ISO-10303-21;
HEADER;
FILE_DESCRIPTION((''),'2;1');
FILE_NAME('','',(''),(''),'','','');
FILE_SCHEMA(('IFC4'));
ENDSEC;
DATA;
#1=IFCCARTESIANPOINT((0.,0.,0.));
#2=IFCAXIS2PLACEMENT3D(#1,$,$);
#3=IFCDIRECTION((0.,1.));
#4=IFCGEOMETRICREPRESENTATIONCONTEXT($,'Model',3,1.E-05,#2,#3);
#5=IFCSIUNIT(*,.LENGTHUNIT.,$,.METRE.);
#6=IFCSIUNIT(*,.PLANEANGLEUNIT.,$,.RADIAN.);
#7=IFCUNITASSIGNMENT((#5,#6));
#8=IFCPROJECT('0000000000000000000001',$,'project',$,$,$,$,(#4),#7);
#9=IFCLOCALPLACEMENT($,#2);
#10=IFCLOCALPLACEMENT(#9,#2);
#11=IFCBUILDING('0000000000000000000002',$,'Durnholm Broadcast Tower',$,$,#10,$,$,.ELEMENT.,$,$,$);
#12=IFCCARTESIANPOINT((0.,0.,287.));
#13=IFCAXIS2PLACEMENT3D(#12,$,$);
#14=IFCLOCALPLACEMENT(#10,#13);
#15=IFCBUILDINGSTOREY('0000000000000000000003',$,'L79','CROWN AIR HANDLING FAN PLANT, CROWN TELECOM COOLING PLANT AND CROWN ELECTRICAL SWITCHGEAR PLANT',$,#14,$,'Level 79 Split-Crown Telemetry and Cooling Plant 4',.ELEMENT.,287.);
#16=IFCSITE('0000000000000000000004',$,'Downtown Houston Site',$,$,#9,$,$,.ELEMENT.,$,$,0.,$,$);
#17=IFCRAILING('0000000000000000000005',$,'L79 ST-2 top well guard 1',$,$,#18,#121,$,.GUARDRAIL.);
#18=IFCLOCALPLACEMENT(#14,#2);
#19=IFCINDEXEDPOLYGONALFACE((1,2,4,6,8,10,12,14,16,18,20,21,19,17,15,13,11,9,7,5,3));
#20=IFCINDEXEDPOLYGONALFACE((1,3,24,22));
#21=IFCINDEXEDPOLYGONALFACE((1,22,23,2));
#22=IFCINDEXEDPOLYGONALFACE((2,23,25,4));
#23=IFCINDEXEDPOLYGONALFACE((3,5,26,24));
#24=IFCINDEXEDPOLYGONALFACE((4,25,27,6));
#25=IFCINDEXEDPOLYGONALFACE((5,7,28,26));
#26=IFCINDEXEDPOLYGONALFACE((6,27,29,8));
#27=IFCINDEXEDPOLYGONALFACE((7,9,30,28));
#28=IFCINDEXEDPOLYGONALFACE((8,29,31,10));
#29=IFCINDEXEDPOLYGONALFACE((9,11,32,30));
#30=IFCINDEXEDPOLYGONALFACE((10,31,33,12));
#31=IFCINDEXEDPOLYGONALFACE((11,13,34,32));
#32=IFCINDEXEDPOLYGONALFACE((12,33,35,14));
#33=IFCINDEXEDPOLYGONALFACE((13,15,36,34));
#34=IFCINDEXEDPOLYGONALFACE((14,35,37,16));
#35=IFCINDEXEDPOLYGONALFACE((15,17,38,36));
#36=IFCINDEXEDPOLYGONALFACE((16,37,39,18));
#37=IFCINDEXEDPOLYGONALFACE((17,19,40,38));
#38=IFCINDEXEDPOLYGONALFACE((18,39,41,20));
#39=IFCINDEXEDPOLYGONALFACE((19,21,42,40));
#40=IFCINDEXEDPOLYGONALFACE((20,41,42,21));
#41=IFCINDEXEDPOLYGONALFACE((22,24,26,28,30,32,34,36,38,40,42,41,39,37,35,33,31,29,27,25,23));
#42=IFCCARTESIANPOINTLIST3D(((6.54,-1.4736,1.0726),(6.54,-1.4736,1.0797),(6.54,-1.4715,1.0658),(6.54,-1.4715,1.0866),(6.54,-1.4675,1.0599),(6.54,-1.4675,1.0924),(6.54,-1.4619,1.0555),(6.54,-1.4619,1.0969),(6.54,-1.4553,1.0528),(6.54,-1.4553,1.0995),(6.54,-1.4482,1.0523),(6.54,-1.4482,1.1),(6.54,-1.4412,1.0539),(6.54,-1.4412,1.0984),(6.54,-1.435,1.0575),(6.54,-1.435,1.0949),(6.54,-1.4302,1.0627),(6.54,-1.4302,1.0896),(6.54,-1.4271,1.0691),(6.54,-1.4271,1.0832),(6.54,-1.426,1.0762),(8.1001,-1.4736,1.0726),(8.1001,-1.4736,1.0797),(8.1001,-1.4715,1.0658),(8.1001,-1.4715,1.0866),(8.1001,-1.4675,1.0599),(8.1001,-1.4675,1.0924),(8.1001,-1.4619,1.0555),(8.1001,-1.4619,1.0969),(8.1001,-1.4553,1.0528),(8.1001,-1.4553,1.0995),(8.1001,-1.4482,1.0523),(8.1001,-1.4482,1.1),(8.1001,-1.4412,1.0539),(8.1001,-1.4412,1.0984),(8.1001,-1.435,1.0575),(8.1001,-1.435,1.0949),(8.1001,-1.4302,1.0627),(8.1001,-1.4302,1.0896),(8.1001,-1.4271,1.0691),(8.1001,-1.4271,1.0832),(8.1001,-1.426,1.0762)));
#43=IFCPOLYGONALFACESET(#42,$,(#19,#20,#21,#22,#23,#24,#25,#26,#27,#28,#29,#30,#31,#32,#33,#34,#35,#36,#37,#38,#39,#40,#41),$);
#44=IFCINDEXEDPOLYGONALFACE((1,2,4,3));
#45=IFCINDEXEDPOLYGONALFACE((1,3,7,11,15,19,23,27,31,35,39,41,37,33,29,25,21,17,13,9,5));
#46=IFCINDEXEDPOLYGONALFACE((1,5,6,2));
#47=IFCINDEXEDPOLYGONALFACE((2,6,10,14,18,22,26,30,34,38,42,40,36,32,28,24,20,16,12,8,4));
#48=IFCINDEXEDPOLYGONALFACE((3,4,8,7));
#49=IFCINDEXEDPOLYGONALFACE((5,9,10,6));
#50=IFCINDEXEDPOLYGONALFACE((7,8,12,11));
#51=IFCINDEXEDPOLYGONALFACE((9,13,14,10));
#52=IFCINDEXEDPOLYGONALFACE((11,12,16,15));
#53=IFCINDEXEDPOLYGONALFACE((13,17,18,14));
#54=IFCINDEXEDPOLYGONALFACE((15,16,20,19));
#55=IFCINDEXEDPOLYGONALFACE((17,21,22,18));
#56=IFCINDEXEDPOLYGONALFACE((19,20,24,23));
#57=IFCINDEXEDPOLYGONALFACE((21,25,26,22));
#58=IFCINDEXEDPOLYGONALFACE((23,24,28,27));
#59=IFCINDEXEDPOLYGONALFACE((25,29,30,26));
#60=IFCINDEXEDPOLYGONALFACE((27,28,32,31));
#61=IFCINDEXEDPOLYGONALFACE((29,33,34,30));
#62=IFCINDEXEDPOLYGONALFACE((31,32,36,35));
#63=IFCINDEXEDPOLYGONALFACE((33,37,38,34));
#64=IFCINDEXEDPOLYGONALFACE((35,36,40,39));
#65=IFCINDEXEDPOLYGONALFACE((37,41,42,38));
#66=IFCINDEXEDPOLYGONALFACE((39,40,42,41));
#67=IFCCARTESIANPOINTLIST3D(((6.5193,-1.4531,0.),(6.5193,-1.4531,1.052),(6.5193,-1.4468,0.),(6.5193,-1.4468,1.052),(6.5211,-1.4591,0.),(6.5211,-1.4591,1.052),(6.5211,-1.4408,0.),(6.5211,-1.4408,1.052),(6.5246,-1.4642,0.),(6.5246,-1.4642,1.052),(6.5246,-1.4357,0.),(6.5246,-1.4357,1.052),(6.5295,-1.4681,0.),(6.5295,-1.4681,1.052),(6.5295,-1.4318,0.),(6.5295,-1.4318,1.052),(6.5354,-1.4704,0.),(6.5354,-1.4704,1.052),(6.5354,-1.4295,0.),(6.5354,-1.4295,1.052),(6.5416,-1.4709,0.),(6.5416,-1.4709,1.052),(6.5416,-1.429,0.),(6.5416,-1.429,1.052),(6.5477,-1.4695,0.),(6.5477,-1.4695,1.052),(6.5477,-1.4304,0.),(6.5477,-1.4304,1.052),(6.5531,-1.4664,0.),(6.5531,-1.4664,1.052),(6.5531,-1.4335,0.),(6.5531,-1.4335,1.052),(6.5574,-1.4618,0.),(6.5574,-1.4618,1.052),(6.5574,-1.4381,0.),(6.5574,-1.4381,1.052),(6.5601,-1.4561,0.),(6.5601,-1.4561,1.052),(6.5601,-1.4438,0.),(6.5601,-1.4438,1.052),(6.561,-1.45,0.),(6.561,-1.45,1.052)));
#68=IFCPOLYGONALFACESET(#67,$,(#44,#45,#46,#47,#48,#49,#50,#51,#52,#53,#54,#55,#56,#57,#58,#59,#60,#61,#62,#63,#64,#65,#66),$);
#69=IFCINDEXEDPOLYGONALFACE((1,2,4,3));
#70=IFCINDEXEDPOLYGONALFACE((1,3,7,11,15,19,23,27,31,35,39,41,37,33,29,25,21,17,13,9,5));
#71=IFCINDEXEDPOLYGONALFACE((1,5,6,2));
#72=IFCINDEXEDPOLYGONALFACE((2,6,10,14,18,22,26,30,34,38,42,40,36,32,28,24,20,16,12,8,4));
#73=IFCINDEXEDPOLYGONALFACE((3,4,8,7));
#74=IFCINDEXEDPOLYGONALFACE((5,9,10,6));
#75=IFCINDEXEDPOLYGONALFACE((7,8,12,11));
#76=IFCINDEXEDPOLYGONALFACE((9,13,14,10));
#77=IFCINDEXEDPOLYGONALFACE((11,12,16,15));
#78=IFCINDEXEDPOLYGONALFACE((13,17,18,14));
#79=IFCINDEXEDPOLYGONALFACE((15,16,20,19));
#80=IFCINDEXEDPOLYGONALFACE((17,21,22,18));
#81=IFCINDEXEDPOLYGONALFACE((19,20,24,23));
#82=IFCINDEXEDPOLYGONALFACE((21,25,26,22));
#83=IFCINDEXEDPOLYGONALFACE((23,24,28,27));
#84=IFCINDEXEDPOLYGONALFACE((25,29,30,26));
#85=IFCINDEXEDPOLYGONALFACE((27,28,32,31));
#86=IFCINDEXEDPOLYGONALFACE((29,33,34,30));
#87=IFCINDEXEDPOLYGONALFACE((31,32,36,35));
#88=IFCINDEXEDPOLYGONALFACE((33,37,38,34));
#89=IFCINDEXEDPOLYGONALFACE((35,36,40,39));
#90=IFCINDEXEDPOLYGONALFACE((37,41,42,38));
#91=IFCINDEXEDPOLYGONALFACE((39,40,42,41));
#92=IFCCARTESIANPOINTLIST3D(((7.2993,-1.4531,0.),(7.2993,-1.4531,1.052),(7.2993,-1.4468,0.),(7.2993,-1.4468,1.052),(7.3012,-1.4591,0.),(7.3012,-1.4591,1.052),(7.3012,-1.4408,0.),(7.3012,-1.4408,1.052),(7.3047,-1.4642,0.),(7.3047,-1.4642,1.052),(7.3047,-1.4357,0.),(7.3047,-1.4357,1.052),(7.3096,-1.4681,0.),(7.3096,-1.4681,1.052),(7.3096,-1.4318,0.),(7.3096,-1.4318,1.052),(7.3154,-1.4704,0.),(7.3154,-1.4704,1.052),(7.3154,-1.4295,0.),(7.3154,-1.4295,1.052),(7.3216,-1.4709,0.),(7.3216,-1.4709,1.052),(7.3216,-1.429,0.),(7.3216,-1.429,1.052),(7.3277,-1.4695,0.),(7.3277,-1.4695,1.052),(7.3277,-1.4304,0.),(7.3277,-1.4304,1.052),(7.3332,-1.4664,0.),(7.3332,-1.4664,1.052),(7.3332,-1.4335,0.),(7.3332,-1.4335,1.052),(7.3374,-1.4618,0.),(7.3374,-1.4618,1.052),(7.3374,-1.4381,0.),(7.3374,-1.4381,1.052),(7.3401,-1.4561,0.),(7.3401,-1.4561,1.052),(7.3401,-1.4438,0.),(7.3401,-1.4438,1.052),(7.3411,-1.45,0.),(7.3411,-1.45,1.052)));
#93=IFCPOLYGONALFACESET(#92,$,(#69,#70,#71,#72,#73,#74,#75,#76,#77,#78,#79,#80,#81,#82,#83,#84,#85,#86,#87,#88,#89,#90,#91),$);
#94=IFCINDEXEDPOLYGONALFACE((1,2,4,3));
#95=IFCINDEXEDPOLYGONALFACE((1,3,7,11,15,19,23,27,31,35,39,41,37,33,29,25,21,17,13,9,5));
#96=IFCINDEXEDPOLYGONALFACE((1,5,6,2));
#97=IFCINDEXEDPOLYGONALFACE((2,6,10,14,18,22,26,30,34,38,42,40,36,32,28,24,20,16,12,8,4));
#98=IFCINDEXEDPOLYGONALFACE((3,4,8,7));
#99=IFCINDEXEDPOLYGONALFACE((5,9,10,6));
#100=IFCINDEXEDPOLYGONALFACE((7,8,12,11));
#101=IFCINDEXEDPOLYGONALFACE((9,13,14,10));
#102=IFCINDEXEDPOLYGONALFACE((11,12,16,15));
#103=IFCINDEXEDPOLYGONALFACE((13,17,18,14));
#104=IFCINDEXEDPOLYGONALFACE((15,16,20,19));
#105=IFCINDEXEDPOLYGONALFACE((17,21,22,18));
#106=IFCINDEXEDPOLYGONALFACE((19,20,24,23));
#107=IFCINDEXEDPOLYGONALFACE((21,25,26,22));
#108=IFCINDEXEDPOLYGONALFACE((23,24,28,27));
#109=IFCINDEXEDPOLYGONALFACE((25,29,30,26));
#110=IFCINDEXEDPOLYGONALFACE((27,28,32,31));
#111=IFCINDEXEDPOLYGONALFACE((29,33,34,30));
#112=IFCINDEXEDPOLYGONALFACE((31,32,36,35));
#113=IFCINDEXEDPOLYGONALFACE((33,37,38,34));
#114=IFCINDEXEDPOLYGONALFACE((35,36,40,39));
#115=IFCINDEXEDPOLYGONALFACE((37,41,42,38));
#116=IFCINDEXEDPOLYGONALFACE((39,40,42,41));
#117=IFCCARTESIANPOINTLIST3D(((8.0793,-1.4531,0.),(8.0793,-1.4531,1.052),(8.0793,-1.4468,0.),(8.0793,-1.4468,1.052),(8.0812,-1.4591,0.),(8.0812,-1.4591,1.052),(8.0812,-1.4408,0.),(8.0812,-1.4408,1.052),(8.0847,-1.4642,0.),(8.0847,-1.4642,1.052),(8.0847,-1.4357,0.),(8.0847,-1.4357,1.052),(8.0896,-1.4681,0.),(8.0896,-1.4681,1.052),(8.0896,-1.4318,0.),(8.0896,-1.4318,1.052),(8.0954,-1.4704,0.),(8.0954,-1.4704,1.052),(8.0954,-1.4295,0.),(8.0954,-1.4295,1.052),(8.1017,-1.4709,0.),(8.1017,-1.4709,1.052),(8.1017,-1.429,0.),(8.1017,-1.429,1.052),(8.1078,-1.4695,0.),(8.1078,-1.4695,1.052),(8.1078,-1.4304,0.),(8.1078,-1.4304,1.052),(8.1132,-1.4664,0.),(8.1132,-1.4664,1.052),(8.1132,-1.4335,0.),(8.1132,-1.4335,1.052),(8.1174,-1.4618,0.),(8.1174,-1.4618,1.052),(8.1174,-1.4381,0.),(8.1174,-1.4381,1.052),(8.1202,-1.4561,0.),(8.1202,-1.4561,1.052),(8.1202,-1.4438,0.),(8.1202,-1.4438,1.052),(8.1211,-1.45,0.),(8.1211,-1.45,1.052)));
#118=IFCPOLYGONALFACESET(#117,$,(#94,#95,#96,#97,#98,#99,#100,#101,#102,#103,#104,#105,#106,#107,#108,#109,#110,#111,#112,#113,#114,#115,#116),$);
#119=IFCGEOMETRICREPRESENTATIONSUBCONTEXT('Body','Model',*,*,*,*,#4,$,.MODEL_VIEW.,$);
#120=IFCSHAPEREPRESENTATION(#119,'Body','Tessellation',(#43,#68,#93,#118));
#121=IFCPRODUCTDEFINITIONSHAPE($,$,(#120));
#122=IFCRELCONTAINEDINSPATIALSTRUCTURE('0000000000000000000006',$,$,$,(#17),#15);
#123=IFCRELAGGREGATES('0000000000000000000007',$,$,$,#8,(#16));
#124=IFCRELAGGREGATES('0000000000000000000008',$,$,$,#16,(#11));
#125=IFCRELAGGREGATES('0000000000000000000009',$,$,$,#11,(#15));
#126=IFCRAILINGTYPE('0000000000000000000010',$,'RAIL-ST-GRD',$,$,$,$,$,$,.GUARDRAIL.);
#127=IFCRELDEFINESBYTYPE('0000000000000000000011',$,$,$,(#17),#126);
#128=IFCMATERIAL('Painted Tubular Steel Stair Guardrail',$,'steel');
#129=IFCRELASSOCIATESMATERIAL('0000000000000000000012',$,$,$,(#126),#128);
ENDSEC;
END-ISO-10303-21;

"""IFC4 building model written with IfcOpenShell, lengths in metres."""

from ifc_helpers import new_model, si_unit, direction, frame, origin, origin_2d, place, context, subcontext, project, spatial, circle, extrude, material, type_object, element, save


model = new_model("IFC4")

# Units and contexts
model_context = context("Model", 3, precision=1e-05, world=origin(), true_north=direction((0.0, 1.0)))
body_context = subcontext(model_context, "Body", "Model", "MODEL_VIEW")
ifc_project = project(units=[si_unit("LENGTHUNIT", "METRE"), si_unit("PLANEANGLEUNIT", "RADIAN")], contexts=[model_context])

# Site, building, storey
site_placement = place(None, origin())
site = spatial("IfcSite", under=ifc_project, at=site_placement, Name="Downtown Houston Site", CompositionType="ELEMENT", RefElevation=0.0)
building_placement = place(site_placement, origin())
building = spatial("IfcBuilding", under=site, at=building_placement, Name="Durnholm Broadcast Tower", CompositionType="ELEMENT")
storey_placement = place(building_placement, frame((0.0, 0.0, 287.0)))
storey = spatial("IfcBuildingStorey", under=building, at=storey_placement, Name="L79", Description="CROWN AIR HANDLING FAN PLANT, CROWN TELECOM COOLING PLANT AND CROWN ELECTRICAL SWITCHGEAR PLANT", LongName="Level 79 Split-Crown Telemetry and Cooling Plant 4", CompositionType="ELEMENT", Elevation=287.0)

# Railing
ifc_material_1 = material(Name="Painted Tubular Steel Stair Guardrail", Category="steel")
railing_type = type_object("IfcRailingType", Name="RAIL-ST-GRD", PredefinedType="GUARDRAIL", material=ifc_material_1)
railing_placement = place(storey_placement, frame((6.54, -1.45, 0.0)))
element("IfcRailing", 1, at=railing_placement, inside=storey, type_object=railing_type, Name="L79 ST-2 top well guard 1", PredefinedType="GUARDRAIL", context=body_context, shape_type="SweptSolid", body=[
    extrude(circle(Radius=0.0239, at=origin_2d()), frame((0.0, 0.0, 1.0762), z_axis=(1.0, 0.0, 0.0), x_axis=(0.0, 1.0, 0.0)), (0.0, 0.0, 1.0), 1.5601),
    extrude(circle(Radius=0.021, at=origin_2d()), origin(), (0.0, 0.0, 1.0), 1.052),
    extrude(circle(Radius=0.021, at=origin_2d()), frame((0.78, 0.0, 0.0)), (0.0, 0.0, 1.0), 1.052),
    extrude(circle(Radius=0.021, at=origin_2d()), frame((1.5601, 0.0, 0.0)), (0.0, 0.0, 1.0), 1.052),
])

save(model, "model.ifc")
